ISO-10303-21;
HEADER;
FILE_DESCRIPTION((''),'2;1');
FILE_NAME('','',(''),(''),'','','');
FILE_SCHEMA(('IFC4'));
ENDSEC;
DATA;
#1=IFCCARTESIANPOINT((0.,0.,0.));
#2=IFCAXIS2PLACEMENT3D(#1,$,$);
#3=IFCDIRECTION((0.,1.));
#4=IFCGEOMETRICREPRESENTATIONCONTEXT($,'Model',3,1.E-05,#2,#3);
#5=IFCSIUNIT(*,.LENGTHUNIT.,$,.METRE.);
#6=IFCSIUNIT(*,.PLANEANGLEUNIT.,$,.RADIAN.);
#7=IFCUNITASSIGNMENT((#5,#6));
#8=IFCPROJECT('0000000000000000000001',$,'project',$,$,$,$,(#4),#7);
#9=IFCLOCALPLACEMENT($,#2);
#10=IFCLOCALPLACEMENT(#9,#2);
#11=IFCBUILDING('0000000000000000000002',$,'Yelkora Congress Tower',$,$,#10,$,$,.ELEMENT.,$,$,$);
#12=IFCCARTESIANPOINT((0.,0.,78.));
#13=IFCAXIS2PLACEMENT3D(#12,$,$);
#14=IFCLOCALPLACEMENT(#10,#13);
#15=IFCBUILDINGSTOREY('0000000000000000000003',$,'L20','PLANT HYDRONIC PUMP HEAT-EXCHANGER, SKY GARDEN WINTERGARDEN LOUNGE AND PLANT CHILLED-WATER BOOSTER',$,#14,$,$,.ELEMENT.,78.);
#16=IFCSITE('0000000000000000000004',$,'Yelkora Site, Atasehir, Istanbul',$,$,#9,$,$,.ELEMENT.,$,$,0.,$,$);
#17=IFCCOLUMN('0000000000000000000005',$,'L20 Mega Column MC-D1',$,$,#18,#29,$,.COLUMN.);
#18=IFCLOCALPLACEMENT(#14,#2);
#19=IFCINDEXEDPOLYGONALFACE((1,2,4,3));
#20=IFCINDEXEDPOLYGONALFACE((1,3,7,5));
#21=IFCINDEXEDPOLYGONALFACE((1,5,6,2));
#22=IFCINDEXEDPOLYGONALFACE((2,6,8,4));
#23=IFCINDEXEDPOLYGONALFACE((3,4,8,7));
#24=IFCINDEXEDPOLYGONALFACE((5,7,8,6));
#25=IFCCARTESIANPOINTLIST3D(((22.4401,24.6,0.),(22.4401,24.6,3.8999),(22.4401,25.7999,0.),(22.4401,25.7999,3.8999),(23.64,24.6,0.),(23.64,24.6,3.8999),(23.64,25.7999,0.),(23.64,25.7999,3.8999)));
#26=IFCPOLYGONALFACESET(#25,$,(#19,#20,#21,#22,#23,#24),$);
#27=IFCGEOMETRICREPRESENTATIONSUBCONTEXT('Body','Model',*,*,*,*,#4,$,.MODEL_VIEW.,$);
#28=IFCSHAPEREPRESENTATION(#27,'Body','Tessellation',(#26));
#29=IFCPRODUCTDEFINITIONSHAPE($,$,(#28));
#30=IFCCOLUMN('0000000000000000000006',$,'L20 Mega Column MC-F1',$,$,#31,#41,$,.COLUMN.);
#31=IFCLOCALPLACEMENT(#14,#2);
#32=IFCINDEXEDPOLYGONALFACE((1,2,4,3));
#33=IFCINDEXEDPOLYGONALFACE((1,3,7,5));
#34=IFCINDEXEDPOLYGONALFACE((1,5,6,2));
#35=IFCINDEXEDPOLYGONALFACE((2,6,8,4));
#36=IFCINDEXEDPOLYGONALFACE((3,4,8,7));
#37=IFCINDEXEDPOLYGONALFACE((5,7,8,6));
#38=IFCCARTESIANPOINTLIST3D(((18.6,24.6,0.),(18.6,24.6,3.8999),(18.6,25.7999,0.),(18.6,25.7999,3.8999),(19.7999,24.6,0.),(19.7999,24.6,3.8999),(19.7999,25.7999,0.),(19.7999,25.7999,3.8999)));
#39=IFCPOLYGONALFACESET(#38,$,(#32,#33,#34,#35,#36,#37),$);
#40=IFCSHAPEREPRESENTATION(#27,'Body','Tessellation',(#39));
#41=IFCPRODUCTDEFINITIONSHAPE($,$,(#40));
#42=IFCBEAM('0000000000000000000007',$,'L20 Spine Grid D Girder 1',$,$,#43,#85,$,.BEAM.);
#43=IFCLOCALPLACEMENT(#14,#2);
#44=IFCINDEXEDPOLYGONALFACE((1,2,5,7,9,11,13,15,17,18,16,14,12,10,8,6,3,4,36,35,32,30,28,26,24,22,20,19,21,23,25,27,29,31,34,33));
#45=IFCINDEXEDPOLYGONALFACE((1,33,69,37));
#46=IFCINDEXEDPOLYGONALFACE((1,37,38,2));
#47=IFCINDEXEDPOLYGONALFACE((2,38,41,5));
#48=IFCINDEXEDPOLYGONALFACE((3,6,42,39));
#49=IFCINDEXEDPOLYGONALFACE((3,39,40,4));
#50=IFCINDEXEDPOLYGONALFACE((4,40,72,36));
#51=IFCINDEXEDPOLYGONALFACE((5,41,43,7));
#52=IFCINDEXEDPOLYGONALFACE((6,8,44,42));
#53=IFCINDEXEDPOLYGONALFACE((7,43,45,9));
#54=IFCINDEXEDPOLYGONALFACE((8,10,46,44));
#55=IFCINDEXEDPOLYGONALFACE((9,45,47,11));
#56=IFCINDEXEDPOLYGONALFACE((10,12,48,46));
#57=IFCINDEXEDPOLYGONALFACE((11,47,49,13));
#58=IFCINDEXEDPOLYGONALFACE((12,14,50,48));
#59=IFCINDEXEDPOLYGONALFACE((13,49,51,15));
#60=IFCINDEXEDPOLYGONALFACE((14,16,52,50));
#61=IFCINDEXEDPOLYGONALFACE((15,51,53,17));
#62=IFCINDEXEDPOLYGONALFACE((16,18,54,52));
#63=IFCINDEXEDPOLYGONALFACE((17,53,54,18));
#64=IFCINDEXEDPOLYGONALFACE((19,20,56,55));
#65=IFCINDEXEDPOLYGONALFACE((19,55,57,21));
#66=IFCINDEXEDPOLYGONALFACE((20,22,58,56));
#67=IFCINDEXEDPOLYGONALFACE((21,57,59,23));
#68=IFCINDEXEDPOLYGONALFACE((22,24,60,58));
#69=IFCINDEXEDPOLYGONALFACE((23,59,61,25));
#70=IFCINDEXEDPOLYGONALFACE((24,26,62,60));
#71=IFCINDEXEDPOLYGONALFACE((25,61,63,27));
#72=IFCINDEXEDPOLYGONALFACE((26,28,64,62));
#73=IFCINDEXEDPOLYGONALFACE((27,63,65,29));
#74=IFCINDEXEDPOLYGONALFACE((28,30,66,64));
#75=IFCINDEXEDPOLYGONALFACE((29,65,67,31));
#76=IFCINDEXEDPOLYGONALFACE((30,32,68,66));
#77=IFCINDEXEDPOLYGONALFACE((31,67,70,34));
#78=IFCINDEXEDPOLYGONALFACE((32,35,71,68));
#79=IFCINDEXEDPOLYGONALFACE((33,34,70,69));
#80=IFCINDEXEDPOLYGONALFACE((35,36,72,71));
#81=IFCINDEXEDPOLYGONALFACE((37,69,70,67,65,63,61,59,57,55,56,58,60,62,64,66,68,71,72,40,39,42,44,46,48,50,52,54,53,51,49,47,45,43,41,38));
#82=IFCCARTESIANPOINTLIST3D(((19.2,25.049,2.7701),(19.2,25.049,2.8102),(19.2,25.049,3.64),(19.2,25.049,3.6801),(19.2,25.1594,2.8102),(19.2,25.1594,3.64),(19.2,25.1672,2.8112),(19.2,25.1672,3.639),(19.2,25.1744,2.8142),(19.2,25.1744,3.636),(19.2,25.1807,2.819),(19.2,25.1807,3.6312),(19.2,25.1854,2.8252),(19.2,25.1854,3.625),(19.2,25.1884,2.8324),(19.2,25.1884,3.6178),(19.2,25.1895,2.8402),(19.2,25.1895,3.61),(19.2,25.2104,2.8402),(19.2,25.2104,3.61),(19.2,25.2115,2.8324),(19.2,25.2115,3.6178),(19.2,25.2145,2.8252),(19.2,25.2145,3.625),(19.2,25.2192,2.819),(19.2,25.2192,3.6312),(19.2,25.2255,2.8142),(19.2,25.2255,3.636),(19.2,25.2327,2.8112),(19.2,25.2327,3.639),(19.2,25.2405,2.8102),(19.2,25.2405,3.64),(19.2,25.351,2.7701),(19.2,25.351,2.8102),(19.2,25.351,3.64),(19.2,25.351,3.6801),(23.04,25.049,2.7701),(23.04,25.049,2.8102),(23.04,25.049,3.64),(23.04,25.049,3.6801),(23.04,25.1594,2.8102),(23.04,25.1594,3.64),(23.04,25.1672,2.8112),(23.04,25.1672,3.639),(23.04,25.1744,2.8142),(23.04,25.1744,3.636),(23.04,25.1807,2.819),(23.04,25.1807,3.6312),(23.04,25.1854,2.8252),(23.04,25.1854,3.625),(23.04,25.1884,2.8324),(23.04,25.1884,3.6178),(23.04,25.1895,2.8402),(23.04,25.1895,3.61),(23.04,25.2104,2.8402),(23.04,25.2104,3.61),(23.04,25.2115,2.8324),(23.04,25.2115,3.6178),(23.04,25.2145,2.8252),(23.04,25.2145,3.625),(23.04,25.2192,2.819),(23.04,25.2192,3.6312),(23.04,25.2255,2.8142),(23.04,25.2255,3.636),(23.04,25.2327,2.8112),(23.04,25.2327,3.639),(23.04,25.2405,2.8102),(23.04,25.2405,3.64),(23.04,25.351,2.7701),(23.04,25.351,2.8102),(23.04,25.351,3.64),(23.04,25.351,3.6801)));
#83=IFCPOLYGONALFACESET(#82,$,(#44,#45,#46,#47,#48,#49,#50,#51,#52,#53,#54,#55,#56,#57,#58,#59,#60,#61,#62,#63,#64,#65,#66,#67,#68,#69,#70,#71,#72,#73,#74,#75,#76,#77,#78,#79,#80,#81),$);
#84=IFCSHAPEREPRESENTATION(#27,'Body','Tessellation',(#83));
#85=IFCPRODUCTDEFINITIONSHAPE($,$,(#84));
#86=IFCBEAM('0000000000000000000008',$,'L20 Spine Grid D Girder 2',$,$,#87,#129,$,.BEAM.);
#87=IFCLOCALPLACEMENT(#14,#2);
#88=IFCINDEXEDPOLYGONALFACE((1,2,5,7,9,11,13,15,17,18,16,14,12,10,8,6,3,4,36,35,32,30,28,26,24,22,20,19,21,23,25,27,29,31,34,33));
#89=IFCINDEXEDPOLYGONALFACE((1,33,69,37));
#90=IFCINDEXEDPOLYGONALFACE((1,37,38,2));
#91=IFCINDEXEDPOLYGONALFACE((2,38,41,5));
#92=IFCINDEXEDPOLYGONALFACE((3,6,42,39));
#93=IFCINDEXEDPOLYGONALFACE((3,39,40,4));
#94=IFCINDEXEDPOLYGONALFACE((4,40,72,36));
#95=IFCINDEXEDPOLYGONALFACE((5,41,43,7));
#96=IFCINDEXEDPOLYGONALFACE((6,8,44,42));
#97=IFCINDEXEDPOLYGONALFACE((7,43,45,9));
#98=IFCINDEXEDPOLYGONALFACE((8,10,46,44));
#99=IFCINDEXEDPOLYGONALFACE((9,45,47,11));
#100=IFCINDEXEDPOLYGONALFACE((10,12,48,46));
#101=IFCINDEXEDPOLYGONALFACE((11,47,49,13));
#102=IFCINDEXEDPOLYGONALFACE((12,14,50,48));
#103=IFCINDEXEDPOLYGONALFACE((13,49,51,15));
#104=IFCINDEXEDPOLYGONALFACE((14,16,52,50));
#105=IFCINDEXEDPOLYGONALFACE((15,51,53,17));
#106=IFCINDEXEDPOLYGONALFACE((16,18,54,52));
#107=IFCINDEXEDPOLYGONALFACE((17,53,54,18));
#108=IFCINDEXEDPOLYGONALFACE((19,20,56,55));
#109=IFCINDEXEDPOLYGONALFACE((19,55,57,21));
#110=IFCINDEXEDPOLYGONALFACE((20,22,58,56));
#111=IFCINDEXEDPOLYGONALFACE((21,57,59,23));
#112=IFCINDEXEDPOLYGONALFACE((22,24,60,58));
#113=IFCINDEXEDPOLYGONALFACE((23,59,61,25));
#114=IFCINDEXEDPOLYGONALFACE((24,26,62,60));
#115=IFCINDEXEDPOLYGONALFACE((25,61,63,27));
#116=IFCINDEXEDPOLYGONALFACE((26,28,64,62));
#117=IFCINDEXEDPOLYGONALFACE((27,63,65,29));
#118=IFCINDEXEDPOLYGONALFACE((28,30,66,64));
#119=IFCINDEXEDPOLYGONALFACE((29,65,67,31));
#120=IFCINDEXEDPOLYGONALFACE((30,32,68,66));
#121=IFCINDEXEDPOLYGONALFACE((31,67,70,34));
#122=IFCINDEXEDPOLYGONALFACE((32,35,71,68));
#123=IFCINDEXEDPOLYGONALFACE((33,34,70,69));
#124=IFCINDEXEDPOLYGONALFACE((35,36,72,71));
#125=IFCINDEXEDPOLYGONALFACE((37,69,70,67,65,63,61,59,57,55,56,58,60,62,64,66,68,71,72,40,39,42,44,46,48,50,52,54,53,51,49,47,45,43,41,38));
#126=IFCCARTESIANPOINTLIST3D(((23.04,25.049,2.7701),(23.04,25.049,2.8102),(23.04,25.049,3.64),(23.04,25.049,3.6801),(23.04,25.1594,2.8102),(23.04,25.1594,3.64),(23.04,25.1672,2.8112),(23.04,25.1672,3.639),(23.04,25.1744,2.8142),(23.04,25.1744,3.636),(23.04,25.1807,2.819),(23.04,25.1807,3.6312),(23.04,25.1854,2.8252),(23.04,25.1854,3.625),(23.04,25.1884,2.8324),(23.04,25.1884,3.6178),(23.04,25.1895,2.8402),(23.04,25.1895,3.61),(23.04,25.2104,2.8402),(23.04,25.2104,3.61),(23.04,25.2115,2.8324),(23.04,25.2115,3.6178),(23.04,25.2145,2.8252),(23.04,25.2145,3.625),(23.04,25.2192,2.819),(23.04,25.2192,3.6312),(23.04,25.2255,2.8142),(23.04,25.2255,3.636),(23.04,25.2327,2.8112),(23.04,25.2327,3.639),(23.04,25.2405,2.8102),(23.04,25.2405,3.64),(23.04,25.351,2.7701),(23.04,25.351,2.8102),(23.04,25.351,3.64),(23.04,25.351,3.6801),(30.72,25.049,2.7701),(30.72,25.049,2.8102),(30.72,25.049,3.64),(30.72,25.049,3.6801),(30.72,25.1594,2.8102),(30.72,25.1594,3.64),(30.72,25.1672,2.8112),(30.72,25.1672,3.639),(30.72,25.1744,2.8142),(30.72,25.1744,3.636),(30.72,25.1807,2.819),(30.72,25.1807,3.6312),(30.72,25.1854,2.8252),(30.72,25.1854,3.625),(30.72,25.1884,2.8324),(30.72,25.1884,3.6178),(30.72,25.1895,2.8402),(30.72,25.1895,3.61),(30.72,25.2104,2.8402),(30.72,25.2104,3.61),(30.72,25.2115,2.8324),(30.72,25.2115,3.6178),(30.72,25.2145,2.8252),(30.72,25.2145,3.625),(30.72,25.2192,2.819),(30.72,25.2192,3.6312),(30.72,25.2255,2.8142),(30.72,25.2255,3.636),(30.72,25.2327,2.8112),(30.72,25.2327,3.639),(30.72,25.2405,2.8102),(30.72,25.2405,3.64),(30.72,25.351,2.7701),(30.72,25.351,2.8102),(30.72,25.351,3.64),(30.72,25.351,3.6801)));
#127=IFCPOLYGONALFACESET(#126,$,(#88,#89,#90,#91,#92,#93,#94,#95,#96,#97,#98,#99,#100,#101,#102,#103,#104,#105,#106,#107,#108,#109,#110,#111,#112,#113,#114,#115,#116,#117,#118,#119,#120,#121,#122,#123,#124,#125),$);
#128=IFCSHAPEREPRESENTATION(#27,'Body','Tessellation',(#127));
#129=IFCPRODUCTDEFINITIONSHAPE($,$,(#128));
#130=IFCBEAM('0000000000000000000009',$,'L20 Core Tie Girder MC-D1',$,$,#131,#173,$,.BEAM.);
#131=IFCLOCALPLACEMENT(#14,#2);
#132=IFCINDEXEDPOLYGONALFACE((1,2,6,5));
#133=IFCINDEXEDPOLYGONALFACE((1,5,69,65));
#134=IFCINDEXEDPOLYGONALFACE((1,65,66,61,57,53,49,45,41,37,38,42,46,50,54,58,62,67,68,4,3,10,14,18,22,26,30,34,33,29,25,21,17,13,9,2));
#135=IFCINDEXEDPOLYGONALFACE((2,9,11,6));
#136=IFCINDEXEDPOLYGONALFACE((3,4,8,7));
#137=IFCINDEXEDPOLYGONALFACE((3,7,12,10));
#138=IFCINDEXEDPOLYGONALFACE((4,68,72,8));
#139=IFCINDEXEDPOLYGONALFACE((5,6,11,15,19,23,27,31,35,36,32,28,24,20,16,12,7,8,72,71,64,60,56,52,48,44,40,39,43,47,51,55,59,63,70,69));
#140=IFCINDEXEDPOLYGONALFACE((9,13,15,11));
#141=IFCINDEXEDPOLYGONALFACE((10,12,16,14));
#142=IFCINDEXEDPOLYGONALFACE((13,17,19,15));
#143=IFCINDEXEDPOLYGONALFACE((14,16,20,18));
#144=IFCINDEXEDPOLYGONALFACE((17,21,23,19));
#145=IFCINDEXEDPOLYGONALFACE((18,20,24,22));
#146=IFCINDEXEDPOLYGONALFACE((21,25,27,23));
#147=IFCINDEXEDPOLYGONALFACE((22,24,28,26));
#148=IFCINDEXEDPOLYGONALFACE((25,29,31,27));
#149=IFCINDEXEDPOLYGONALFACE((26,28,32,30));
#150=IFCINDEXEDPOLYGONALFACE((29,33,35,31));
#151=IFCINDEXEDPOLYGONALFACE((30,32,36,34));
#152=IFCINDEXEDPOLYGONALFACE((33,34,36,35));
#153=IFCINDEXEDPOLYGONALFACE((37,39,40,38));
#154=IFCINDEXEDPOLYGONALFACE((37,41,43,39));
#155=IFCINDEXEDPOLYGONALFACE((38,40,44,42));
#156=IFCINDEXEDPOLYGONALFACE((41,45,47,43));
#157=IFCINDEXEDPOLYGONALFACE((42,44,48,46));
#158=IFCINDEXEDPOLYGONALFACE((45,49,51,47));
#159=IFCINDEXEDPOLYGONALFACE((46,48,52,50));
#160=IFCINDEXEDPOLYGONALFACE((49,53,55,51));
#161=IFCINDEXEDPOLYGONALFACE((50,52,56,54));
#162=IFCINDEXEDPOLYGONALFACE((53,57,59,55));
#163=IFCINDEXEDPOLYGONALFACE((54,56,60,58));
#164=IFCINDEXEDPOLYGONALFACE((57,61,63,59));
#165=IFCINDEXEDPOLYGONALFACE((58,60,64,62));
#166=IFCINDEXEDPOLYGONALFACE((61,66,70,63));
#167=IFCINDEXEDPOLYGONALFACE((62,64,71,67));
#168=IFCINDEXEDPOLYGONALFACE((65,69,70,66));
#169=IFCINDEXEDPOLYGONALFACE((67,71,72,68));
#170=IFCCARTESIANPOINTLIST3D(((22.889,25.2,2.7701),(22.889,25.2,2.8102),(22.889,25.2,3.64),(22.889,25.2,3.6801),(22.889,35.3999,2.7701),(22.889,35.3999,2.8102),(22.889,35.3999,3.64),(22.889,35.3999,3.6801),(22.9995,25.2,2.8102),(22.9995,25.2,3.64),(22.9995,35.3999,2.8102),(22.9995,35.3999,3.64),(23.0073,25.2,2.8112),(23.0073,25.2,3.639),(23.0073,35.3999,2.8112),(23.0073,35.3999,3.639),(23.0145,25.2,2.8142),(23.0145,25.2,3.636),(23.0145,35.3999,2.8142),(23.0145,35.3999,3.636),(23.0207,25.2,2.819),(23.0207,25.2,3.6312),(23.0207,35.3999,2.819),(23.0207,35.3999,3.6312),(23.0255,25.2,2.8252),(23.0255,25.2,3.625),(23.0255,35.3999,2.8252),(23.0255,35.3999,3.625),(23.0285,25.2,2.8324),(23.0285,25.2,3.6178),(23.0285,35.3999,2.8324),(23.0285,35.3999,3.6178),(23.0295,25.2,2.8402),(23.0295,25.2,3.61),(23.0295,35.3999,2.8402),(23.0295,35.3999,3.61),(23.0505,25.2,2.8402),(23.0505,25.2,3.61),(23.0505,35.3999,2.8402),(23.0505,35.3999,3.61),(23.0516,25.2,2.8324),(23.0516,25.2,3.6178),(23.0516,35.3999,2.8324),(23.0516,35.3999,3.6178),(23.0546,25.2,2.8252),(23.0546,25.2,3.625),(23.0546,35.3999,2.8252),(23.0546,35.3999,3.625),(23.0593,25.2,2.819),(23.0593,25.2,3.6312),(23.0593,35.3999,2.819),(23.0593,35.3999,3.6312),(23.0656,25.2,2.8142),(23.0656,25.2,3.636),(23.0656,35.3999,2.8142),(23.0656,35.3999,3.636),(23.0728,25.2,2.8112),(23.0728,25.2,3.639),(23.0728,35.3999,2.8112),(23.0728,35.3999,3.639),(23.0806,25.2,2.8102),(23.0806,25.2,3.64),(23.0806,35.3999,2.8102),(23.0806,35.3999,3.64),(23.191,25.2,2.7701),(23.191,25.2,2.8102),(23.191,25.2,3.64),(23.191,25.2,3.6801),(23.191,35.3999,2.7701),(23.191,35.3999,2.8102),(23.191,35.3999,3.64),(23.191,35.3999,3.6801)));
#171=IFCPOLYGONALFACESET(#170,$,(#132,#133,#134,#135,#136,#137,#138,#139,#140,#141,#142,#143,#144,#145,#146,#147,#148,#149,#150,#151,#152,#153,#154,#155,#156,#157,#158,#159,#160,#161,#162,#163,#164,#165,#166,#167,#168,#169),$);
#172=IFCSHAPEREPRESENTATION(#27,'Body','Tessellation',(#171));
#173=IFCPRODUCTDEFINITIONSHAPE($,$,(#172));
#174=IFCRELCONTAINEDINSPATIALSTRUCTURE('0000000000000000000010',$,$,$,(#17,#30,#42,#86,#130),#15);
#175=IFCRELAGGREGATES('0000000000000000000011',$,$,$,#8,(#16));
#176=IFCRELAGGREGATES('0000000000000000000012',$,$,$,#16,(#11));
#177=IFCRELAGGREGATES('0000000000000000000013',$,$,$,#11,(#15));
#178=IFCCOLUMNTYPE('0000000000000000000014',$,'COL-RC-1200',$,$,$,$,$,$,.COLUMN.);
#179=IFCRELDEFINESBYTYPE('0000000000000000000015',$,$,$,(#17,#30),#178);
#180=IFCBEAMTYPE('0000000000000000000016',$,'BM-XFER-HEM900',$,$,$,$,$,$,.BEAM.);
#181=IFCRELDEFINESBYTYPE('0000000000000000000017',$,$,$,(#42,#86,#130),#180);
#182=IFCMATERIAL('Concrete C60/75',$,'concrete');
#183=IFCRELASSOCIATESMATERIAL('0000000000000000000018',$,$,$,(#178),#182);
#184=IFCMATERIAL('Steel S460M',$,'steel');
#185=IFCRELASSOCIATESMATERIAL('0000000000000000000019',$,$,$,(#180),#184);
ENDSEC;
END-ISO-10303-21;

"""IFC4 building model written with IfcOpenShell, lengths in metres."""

from ifc_helpers import new_model, si_unit, direction, frame, origin, origin_2d, place, context, subcontext, project, spatial, rectangle, i_section, extrude, material, material_profile, profile_set, type_object, element, save


model = new_model("IFC4")

# Units and contexts
model_context = context("Model", 3, precision=1e-05, world=origin(), true_north=direction((0.0, 1.0)))
body_context = subcontext(model_context, "Body", "Model", "MODEL_VIEW")
ifc_project = project(units=[si_unit("LENGTHUNIT", "METRE"), si_unit("PLANEANGLEUNIT", "RADIAN")], contexts=[model_context])

# Site, building, storey
site_placement = place(None, origin())
site = spatial("IfcSite", under=ifc_project, at=site_placement, Name="Yelkora Site, Atasehir, Istanbul", CompositionType="ELEMENT", RefElevation=0.0)
building_placement = place(site_placement, origin())
building = spatial("IfcBuilding", under=site, at=building_placement, Name="Yelkora Congress Tower", CompositionType="ELEMENT")
storey_placement = place(building_placement, frame((0.0, 0.0, 78.0)))
storey = spatial("IfcBuildingStorey", under=building, at=storey_placement, Name="L20", Description="PLANT HYDRONIC PUMP HEAT-EXCHANGER, SKY GARDEN WINTERGARDEN LOUNGE AND PLANT CHILLED-WATER BOOSTER", CompositionType="ELEMENT", Elevation=78.0)

# Columns
ifc_material_1 = material(Name="Concrete C60/75", Category="concrete")
ifc_material_profile_1 = material_profile(ifc_material_1, rectangle(XDim=1.2, YDim=1.2, at=origin_2d()), Name="RC 1200x1200")
ifc_profile_set_1 = profile_set([ifc_material_profile_1], Name="Concrete C60/75")
column_type = type_object("IfcColumnType", Name="COL-RC-1200", PredefinedType="COLUMN", material=ifc_profile_set_1)
for number, where, z_axis, x_axis, name in (
    (1, (23.04, 25.2, 0.0), (0.0, 0.0, 1.0), (1.0, 0.0, 0.0), "L20 Mega Column MC-D1"),
    (2, (19.2, 25.2, 0.0), (0.0, 0.0, 1.0), (1.0, 0.0, 0.0), "L20 Mega Column MC-F1"),
):
    element("IfcColumn", number, at=place(storey_placement, frame(where, z_axis=z_axis, x_axis=x_axis)), inside=storey, type_object=column_type, Name=name, PredefinedType="COLUMN", context=body_context, shape_type="SweptSolid", body=[
        extrude(rectangle(XDim=1.2, YDim=1.2, at=origin_2d()), origin(), (0.0, 0.0, 1.0), 3.8999),
    ])

# Beams
ifc_material_2 = material(Name="Steel S460M", Category="steel")
ifc_material_profile_2 = material_profile(ifc_material_2, i_section(OverallWidth=0.302, OverallDepth=0.9099, WebThickness=0.021, FlangeThickness=0.04, FilletRadius=0.03, at=origin_2d()), Name="HEM 900")
ifc_profile_set_2 = profile_set([ifc_material_profile_2], Name="Steel S460M")
beam_type = type_object("IfcBeamType", Name="BM-XFER-HEM900", PredefinedType="BEAM", material=ifc_profile_set_2)
beam_1_placement = place(storey_placement, frame((19.2, 25.2, 3.2251), z_axis=(1.0, 0.0, 0.0), x_axis=(0.0, 1.0, 0.0)))
element("IfcBeam", 3, at=beam_1_placement, inside=storey, type_object=beam_type, Name="L20 Spine Grid D Girder 1", PredefinedType="BEAM", context=body_context, shape_type="SweptSolid", body=[
    extrude(i_section(OverallWidth=0.302, OverallDepth=0.9099, WebThickness=0.021, FlangeThickness=0.04, FilletRadius=0.03, at=origin_2d()), origin(), (0.0, 0.0, 1.0), 3.8401),
])
beam_2_placement = place(storey_placement, frame((23.04, 25.2, 3.2251), z_axis=(1.0, 0.0, 0.0), x_axis=(0.0, 1.0, 0.0)))
element("IfcBeam", 4, at=beam_2_placement, inside=storey, type_object=beam_type, Name="L20 Spine Grid D Girder 2", PredefinedType="BEAM", context=body_context, shape_type="SweptSolid", body=[
    extrude(i_section(OverallWidth=0.302, OverallDepth=0.9099, WebThickness=0.021, FlangeThickness=0.04, FilletRadius=0.03, at=origin_2d()), origin(), (0.0, 0.0, 1.0), 7.6799),
])
beam_3_placement = place(storey_placement, frame((23.04, 25.2, 3.2251), z_axis=(0.0, 1.0, 0.0), x_axis=(-1.0, 0.0, 0.0)))
element("IfcBeam", 5, at=beam_3_placement, inside=storey, type_object=beam_type, Name="L20 Core Tie Girder MC-D1", PredefinedType="BEAM", context=body_context, shape_type="SweptSolid", body=[
    extrude(i_section(OverallWidth=0.302, OverallDepth=0.9099, WebThickness=0.021, FlangeThickness=0.04, FilletRadius=0.03, at=origin_2d()), origin(), (0.0, 0.0, 1.0), 10.2),
])

save(model, "model.ifc")
